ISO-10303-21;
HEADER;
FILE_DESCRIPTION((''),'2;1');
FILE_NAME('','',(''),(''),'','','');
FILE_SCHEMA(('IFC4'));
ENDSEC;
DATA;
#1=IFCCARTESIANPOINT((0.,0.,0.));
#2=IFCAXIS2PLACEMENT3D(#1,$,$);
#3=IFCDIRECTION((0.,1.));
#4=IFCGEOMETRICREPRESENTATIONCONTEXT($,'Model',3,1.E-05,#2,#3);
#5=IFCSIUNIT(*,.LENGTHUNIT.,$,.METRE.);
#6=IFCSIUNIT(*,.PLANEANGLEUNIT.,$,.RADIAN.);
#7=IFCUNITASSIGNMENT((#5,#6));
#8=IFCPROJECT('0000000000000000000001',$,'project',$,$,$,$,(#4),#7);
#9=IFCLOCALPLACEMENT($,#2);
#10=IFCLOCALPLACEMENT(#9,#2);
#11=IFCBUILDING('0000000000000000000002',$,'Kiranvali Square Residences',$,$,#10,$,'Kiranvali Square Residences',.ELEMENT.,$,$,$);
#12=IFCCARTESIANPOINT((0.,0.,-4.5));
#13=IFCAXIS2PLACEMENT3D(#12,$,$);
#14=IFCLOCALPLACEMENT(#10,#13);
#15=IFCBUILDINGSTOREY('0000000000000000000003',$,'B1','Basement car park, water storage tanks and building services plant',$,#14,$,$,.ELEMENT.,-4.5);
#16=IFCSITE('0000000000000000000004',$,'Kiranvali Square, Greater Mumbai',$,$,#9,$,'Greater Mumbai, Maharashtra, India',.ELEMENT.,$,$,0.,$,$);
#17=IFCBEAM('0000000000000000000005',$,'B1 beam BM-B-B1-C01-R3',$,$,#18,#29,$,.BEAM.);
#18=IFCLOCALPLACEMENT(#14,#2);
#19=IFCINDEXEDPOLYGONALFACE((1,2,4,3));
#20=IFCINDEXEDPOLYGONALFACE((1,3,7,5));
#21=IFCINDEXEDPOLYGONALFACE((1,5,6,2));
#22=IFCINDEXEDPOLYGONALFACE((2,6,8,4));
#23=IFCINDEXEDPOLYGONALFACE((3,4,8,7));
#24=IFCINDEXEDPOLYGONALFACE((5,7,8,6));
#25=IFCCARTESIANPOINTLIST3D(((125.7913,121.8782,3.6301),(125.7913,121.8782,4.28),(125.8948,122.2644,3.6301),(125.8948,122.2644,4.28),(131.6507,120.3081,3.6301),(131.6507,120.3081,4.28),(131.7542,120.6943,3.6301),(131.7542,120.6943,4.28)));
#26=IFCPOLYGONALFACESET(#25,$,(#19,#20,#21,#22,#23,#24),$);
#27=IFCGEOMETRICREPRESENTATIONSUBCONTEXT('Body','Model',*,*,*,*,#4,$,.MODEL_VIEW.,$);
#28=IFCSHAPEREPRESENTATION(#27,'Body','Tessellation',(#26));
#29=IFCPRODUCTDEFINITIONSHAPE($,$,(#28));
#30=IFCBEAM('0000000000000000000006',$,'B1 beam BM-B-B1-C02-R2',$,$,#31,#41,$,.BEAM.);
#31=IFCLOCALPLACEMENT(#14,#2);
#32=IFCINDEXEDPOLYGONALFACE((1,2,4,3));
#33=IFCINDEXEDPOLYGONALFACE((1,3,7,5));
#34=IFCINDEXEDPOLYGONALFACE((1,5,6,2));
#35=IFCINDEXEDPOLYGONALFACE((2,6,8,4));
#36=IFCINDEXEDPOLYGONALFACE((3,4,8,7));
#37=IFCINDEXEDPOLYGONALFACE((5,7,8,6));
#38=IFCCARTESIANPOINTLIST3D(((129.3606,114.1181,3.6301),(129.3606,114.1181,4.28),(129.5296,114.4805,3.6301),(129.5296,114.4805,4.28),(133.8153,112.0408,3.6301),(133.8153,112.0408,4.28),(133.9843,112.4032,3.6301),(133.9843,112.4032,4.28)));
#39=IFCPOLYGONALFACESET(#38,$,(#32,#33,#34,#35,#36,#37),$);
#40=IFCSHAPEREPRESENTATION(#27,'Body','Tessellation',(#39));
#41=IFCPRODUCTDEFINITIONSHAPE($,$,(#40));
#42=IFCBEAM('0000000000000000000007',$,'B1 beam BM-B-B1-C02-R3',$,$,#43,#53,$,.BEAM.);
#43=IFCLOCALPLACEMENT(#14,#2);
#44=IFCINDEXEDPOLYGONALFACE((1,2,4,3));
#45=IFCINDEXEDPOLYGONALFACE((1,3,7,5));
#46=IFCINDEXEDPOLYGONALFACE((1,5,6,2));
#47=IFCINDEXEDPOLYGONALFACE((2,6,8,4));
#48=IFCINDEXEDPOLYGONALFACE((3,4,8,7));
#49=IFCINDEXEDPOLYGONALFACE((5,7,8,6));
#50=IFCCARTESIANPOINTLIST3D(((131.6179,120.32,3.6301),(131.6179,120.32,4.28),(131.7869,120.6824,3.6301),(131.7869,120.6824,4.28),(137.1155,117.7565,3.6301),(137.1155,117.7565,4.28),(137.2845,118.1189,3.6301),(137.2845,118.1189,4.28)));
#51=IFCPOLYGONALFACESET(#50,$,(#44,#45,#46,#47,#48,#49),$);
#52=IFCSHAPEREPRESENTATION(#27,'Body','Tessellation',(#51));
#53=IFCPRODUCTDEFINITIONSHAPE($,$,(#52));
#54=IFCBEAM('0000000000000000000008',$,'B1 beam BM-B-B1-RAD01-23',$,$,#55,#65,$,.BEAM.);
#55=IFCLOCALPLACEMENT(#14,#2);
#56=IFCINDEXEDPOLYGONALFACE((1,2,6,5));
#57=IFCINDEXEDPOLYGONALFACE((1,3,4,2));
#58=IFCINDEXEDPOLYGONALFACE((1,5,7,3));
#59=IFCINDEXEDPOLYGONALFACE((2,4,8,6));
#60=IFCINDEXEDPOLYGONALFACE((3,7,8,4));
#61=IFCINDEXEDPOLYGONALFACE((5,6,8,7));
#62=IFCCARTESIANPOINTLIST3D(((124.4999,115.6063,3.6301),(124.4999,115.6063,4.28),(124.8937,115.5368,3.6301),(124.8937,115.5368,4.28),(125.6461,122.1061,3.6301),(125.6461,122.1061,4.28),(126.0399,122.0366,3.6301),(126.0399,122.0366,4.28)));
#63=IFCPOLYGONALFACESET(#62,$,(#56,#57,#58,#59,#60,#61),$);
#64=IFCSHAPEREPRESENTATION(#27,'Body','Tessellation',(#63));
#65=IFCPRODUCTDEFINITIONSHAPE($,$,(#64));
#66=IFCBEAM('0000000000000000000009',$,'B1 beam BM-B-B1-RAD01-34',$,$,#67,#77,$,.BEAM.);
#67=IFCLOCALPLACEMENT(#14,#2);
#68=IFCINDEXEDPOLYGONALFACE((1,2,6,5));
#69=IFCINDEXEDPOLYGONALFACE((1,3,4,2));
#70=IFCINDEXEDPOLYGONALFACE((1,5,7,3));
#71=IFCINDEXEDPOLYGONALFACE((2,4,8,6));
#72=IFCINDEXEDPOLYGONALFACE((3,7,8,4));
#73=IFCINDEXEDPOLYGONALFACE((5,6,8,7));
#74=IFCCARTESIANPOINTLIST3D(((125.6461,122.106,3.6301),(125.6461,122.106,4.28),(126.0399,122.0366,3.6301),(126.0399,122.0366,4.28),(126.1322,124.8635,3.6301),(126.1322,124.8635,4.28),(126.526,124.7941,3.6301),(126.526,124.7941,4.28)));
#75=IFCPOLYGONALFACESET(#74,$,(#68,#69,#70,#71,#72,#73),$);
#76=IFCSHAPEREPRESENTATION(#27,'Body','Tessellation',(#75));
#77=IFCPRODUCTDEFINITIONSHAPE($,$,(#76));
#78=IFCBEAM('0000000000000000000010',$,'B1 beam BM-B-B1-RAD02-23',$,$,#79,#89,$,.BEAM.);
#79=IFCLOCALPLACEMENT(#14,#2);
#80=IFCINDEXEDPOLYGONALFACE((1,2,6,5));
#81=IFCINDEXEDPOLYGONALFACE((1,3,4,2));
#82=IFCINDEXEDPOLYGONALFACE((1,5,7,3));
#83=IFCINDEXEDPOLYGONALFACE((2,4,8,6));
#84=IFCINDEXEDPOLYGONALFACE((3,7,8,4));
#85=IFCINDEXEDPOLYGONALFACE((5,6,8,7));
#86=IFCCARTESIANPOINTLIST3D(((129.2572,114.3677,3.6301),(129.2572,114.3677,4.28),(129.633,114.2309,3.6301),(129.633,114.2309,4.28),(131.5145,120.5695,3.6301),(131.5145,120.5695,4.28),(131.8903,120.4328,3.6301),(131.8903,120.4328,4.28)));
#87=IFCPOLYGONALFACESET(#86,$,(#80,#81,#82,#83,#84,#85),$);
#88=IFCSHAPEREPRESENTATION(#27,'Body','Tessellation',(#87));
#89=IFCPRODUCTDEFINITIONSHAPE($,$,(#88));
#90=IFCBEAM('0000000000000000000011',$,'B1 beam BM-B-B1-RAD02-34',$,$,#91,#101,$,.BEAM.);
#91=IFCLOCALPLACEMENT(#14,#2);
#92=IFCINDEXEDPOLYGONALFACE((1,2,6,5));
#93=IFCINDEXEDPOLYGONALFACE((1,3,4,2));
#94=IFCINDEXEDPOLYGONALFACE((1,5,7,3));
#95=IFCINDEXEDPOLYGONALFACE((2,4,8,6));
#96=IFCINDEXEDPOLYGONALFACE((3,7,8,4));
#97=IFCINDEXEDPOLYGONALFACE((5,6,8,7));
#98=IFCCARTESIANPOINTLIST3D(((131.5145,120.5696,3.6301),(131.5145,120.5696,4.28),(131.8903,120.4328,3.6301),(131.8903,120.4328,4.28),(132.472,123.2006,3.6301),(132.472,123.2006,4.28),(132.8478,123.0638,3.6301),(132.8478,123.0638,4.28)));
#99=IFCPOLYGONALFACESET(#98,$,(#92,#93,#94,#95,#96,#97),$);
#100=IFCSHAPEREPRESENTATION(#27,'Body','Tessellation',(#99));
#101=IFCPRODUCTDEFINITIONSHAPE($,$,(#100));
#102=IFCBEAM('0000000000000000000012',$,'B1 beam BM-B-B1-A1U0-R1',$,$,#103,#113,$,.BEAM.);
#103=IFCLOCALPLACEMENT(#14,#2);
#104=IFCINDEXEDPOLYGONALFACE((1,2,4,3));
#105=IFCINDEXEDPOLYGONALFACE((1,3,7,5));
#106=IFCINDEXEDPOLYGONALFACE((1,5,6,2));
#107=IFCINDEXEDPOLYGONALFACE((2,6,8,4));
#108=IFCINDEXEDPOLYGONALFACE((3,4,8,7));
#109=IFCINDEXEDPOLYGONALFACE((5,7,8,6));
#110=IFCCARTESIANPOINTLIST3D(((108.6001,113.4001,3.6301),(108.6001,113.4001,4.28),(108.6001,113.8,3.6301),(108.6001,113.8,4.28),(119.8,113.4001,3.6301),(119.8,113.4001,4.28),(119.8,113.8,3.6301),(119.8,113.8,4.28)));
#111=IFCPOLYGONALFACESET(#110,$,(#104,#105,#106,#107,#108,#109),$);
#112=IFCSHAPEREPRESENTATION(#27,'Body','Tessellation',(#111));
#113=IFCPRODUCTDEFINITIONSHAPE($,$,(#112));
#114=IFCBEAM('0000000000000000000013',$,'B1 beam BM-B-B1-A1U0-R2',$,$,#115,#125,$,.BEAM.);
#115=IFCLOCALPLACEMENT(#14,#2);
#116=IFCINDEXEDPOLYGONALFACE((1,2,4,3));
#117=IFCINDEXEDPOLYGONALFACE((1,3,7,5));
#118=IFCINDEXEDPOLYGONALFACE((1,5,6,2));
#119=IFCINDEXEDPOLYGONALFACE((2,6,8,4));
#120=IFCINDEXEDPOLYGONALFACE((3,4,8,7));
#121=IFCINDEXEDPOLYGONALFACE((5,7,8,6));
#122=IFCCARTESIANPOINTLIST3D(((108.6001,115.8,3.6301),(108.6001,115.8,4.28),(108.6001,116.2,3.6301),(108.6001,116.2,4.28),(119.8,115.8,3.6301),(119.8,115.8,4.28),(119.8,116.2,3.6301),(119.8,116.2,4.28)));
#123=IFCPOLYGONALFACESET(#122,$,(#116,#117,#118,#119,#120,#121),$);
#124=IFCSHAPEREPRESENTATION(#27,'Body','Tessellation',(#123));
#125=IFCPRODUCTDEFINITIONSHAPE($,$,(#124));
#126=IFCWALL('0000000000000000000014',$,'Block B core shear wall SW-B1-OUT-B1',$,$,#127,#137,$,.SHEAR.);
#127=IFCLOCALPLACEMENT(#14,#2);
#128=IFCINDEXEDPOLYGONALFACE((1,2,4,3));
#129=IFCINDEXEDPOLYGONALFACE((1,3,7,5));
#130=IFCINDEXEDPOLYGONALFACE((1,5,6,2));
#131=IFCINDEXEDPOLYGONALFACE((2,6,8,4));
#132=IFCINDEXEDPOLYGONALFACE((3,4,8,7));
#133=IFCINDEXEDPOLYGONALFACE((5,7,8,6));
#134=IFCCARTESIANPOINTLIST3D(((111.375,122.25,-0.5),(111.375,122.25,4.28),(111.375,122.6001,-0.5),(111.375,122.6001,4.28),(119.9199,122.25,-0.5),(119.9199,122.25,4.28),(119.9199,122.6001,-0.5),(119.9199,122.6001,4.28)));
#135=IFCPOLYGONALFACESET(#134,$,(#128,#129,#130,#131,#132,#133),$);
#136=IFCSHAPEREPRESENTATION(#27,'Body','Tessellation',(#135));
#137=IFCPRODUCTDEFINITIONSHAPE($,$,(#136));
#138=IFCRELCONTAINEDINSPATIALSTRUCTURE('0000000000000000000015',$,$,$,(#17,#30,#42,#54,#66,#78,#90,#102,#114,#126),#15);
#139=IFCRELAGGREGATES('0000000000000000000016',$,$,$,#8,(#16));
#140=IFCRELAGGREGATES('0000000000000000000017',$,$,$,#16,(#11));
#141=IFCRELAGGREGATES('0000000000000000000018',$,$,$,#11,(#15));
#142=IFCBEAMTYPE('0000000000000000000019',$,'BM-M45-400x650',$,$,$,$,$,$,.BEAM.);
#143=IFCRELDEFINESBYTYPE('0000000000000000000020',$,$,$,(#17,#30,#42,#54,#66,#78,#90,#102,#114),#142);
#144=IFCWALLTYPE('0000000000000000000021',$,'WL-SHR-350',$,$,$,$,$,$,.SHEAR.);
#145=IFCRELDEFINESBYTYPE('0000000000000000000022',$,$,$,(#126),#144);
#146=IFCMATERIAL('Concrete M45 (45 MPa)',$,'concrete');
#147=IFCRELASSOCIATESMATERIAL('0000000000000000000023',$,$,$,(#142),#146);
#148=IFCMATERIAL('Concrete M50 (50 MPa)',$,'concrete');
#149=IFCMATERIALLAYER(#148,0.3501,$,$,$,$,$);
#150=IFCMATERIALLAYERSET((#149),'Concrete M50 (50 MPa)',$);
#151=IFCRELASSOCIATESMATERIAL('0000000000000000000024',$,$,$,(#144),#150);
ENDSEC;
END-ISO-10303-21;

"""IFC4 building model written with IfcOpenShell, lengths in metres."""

from ifc_helpers import new_model, si_unit, direction, frame, frame_2d, origin, origin_2d, place, context, subcontext, project, spatial, rectangle, extrude, material, layer, layer_set, material_profile, profile_set, type_object, element, save


model = new_model("IFC4")

# Units and contexts
model_context = context("Model", 3, precision=1e-05, world=origin(), true_north=direction((0.0, 1.0)))
body_context = subcontext(model_context, "Body", "Model", "MODEL_VIEW")
ifc_project = project(units=[si_unit("LENGTHUNIT", "METRE"), si_unit("PLANEANGLEUNIT", "RADIAN")], contexts=[model_context])

# Site, building, storey
site_placement = place(None, origin())
site = spatial("IfcSite", under=ifc_project, at=site_placement, Name="Kiranvali Square, Greater Mumbai", LongName="Greater Mumbai, Maharashtra, India", CompositionType="ELEMENT", RefElevation=0.0)
building_placement = place(site_placement, origin())
building = spatial("IfcBuilding", under=site, at=building_placement, Name="Kiranvali Square Residences", LongName="Kiranvali Square Residences", CompositionType="ELEMENT")
storey_placement = place(building_placement, frame((0.0, 0.0, -4.5)))
storey = spatial("IfcBuildingStorey", under=building, at=storey_placement, Name="B1", Description="Basement car park, water storage tanks and building services plant", CompositionType="ELEMENT", Elevation=-4.5)

# Shared definitions
ifc_material_1 = material(Name="Concrete M45 (45 MPa)", Category="concrete")
ifc_material_2 = material(Name="Concrete M50 (50 MPa)", Category="concrete")

# Beams
ifc_material_profile_1 = material_profile(ifc_material_1, rectangle(XDim=0.3999, YDim=0.6499, at=origin_2d()), Name="RC 400x650")
ifc_profile_set_1 = profile_set([ifc_material_profile_1], Name="Concrete M45 (45 MPa)")
beam_type = type_object("IfcBeamType", Name="BM-M45-400x650", PredefinedType="BEAM", material=ifc_profile_set_1)
beam_1_placement = place(storey_placement, frame((125.843, 122.0713, 3.9551), z_axis=(0.965924, -0.258827, 0.0), x_axis=(0.258827, 0.965924, 0.0)))
element("IfcBeam", 1, at=beam_1_placement, inside=storey, type_object=beam_type, Name="B1 beam BM-B-B1-C01-R3", PredefinedType="BEAM", context=body_context, shape_type="SweptSolid", body=[
    extrude(rectangle(XDim=0.3999, YDim=0.6499, at=origin_2d()), origin(), (0.0, 0.0, 1.0), 6.0662),
])
beam_2_placement = place(storey_placement, frame((129.4451, 114.2993, 3.9551), z_axis=(0.906302, -0.42263, 0.0), x_axis=(0.42263, 0.906302, 0.0)))
element("IfcBeam", 2, at=beam_2_placement, inside=storey, type_object=beam_type, Name="B1 beam BM-B-B1-C02-R2", PredefinedType="BEAM", context=body_context, shape_type="SweptSolid", body=[
    extrude(rectangle(XDim=0.3999, YDim=0.6499, at=origin_2d()), origin(), (0.0, 0.0, 1.0), 4.9153),
])
beam_3_placement = place(storey_placement, frame((131.7024, 120.5012, 3.9551), z_axis=(0.906313, -0.422608, 0.0), x_axis=(0.422608, 0.906313, 0.0)))
element("IfcBeam", 3, at=beam_3_placement, inside=storey, type_object=beam_type, Name="B1 beam BM-B-B1-C02-R3", PredefinedType="BEAM", context=body_context, shape_type="SweptSolid", body=[
    extrude(rectangle(XDim=0.3999, YDim=0.6499, at=origin_2d()), origin(), (0.0, 0.0, 1.0), 6.0659),
])
beam_4_placement = place(storey_placement, frame((124.6968, 115.5715, 3.9551), z_axis=(0.173671, 0.984804, 0.0), x_axis=(-0.984804, 0.173671, 0.0)))
element("IfcBeam", 4, at=beam_4_placement, inside=storey, type_object=beam_type, Name="B1 beam BM-B-B1-RAD01-23", PredefinedType="BEAM", context=body_context, shape_type="SweptSolid", body=[
    extrude(rectangle(XDim=0.3999, YDim=0.6499, at=origin_2d()), origin(), (0.0, 0.0, 1.0), 6.6001),
])
beam_5_placement = place(storey_placement, frame((125.843, 122.0713, 3.9551), z_axis=(0.173596, 0.984817, 0.0), x_axis=(-0.984817, 0.173596, 0.0)))
element("IfcBeam", 5, at=beam_5_placement, inside=storey, type_object=beam_type, Name="B1 beam BM-B-B1-RAD01-34", PredefinedType="BEAM", context=body_context, shape_type="SweptSolid", body=[
    extrude(rectangle(XDim=0.3999, YDim=0.6499, at=origin_2d()), origin(), (0.0, 0.0, 1.0), 2.8),
])
beam_6_placement = place(storey_placement, frame((129.4451, 114.2993, 3.9551), z_axis=(0.342022, 0.939692, 0.0), x_axis=(-0.939692, 0.342022, 0.0)))
element("IfcBeam", 6, at=beam_6_placement, inside=storey, type_object=beam_type, Name="B1 beam BM-B-B1-RAD02-23", PredefinedType="BEAM", context=body_context, shape_type="SweptSolid", body=[
    extrude(rectangle(XDim=0.3999, YDim=0.6499, at=origin_2d()), origin(), (0.0, 0.0, 1.0), 6.5999),
])
beam_7_placement = place(storey_placement, frame((131.7024, 120.5012, 3.9551), z_axis=(0.341981, 0.939707, 0.0), x_axis=(-0.939707, 0.341981, 0.0)))
element("IfcBeam", 7, at=beam_7_placement, inside=storey, type_object=beam_type, Name="B1 beam BM-B-B1-RAD02-34", PredefinedType="BEAM", context=body_context, shape_type="SweptSolid", body=[
    extrude(rectangle(XDim=0.3999, YDim=0.6499, at=origin_2d()), origin(), (0.0, 0.0, 1.0), 2.7998),
])
for number, where, z_axis, x_axis, name in (
    (8, (119.8, 113.6001, 3.9551), (-1.0, 0.0, 0.0), (0.0, -1.0, 0.0), "B1 beam BM-B-B1-A1U0-R1"),
    (9, (119.8, 116.0, 3.9551), (-1.0, 0.0, 0.0), (0.0, -1.0, 0.0), "B1 beam BM-B-B1-A1U0-R2"),
):
    element("IfcBeam", number, at=place(storey_placement, frame(where, z_axis=z_axis, x_axis=x_axis)), inside=storey, type_object=beam_type, Name=name, PredefinedType="BEAM", context=body_context, shape_type="SweptSolid", body=[
        extrude(rectangle(XDim=0.3999, YDim=0.6499, at=origin_2d()), origin(), (0.0, 0.0, 1.0), 11.2),
    ])

# Wall
ifc_layer = layer(ifc_material_2, 0.3501)
ifc_layer_set = layer_set([ifc_layer], Name="Concrete M50 (50 MPa)")
wall_type = type_object("IfcWallType", Name="WL-SHR-350", PredefinedType="SHEAR", material=ifc_layer_set)
wall_placement = place(storey_placement, frame((119.9199, 122.425, -0.5), z_axis=(0.0, 0.0, 1.0), x_axis=(-1.0, 0.0, 0.0)))
element("IfcWall", 10, at=wall_placement, inside=storey, type_object=wall_type, Name="Block B core shear wall SW-B1-OUT-B1", PredefinedType="SHEAR", context=body_context, shape_type="SweptSolid", body=[
    extrude(rectangle(XDim=8.5449, YDim=0.3501, at=frame_2d((4.2725, 0.0))), origin(), (0.0, 0.0, 1.0), 4.78),
])

save(model, "model.ifc")
